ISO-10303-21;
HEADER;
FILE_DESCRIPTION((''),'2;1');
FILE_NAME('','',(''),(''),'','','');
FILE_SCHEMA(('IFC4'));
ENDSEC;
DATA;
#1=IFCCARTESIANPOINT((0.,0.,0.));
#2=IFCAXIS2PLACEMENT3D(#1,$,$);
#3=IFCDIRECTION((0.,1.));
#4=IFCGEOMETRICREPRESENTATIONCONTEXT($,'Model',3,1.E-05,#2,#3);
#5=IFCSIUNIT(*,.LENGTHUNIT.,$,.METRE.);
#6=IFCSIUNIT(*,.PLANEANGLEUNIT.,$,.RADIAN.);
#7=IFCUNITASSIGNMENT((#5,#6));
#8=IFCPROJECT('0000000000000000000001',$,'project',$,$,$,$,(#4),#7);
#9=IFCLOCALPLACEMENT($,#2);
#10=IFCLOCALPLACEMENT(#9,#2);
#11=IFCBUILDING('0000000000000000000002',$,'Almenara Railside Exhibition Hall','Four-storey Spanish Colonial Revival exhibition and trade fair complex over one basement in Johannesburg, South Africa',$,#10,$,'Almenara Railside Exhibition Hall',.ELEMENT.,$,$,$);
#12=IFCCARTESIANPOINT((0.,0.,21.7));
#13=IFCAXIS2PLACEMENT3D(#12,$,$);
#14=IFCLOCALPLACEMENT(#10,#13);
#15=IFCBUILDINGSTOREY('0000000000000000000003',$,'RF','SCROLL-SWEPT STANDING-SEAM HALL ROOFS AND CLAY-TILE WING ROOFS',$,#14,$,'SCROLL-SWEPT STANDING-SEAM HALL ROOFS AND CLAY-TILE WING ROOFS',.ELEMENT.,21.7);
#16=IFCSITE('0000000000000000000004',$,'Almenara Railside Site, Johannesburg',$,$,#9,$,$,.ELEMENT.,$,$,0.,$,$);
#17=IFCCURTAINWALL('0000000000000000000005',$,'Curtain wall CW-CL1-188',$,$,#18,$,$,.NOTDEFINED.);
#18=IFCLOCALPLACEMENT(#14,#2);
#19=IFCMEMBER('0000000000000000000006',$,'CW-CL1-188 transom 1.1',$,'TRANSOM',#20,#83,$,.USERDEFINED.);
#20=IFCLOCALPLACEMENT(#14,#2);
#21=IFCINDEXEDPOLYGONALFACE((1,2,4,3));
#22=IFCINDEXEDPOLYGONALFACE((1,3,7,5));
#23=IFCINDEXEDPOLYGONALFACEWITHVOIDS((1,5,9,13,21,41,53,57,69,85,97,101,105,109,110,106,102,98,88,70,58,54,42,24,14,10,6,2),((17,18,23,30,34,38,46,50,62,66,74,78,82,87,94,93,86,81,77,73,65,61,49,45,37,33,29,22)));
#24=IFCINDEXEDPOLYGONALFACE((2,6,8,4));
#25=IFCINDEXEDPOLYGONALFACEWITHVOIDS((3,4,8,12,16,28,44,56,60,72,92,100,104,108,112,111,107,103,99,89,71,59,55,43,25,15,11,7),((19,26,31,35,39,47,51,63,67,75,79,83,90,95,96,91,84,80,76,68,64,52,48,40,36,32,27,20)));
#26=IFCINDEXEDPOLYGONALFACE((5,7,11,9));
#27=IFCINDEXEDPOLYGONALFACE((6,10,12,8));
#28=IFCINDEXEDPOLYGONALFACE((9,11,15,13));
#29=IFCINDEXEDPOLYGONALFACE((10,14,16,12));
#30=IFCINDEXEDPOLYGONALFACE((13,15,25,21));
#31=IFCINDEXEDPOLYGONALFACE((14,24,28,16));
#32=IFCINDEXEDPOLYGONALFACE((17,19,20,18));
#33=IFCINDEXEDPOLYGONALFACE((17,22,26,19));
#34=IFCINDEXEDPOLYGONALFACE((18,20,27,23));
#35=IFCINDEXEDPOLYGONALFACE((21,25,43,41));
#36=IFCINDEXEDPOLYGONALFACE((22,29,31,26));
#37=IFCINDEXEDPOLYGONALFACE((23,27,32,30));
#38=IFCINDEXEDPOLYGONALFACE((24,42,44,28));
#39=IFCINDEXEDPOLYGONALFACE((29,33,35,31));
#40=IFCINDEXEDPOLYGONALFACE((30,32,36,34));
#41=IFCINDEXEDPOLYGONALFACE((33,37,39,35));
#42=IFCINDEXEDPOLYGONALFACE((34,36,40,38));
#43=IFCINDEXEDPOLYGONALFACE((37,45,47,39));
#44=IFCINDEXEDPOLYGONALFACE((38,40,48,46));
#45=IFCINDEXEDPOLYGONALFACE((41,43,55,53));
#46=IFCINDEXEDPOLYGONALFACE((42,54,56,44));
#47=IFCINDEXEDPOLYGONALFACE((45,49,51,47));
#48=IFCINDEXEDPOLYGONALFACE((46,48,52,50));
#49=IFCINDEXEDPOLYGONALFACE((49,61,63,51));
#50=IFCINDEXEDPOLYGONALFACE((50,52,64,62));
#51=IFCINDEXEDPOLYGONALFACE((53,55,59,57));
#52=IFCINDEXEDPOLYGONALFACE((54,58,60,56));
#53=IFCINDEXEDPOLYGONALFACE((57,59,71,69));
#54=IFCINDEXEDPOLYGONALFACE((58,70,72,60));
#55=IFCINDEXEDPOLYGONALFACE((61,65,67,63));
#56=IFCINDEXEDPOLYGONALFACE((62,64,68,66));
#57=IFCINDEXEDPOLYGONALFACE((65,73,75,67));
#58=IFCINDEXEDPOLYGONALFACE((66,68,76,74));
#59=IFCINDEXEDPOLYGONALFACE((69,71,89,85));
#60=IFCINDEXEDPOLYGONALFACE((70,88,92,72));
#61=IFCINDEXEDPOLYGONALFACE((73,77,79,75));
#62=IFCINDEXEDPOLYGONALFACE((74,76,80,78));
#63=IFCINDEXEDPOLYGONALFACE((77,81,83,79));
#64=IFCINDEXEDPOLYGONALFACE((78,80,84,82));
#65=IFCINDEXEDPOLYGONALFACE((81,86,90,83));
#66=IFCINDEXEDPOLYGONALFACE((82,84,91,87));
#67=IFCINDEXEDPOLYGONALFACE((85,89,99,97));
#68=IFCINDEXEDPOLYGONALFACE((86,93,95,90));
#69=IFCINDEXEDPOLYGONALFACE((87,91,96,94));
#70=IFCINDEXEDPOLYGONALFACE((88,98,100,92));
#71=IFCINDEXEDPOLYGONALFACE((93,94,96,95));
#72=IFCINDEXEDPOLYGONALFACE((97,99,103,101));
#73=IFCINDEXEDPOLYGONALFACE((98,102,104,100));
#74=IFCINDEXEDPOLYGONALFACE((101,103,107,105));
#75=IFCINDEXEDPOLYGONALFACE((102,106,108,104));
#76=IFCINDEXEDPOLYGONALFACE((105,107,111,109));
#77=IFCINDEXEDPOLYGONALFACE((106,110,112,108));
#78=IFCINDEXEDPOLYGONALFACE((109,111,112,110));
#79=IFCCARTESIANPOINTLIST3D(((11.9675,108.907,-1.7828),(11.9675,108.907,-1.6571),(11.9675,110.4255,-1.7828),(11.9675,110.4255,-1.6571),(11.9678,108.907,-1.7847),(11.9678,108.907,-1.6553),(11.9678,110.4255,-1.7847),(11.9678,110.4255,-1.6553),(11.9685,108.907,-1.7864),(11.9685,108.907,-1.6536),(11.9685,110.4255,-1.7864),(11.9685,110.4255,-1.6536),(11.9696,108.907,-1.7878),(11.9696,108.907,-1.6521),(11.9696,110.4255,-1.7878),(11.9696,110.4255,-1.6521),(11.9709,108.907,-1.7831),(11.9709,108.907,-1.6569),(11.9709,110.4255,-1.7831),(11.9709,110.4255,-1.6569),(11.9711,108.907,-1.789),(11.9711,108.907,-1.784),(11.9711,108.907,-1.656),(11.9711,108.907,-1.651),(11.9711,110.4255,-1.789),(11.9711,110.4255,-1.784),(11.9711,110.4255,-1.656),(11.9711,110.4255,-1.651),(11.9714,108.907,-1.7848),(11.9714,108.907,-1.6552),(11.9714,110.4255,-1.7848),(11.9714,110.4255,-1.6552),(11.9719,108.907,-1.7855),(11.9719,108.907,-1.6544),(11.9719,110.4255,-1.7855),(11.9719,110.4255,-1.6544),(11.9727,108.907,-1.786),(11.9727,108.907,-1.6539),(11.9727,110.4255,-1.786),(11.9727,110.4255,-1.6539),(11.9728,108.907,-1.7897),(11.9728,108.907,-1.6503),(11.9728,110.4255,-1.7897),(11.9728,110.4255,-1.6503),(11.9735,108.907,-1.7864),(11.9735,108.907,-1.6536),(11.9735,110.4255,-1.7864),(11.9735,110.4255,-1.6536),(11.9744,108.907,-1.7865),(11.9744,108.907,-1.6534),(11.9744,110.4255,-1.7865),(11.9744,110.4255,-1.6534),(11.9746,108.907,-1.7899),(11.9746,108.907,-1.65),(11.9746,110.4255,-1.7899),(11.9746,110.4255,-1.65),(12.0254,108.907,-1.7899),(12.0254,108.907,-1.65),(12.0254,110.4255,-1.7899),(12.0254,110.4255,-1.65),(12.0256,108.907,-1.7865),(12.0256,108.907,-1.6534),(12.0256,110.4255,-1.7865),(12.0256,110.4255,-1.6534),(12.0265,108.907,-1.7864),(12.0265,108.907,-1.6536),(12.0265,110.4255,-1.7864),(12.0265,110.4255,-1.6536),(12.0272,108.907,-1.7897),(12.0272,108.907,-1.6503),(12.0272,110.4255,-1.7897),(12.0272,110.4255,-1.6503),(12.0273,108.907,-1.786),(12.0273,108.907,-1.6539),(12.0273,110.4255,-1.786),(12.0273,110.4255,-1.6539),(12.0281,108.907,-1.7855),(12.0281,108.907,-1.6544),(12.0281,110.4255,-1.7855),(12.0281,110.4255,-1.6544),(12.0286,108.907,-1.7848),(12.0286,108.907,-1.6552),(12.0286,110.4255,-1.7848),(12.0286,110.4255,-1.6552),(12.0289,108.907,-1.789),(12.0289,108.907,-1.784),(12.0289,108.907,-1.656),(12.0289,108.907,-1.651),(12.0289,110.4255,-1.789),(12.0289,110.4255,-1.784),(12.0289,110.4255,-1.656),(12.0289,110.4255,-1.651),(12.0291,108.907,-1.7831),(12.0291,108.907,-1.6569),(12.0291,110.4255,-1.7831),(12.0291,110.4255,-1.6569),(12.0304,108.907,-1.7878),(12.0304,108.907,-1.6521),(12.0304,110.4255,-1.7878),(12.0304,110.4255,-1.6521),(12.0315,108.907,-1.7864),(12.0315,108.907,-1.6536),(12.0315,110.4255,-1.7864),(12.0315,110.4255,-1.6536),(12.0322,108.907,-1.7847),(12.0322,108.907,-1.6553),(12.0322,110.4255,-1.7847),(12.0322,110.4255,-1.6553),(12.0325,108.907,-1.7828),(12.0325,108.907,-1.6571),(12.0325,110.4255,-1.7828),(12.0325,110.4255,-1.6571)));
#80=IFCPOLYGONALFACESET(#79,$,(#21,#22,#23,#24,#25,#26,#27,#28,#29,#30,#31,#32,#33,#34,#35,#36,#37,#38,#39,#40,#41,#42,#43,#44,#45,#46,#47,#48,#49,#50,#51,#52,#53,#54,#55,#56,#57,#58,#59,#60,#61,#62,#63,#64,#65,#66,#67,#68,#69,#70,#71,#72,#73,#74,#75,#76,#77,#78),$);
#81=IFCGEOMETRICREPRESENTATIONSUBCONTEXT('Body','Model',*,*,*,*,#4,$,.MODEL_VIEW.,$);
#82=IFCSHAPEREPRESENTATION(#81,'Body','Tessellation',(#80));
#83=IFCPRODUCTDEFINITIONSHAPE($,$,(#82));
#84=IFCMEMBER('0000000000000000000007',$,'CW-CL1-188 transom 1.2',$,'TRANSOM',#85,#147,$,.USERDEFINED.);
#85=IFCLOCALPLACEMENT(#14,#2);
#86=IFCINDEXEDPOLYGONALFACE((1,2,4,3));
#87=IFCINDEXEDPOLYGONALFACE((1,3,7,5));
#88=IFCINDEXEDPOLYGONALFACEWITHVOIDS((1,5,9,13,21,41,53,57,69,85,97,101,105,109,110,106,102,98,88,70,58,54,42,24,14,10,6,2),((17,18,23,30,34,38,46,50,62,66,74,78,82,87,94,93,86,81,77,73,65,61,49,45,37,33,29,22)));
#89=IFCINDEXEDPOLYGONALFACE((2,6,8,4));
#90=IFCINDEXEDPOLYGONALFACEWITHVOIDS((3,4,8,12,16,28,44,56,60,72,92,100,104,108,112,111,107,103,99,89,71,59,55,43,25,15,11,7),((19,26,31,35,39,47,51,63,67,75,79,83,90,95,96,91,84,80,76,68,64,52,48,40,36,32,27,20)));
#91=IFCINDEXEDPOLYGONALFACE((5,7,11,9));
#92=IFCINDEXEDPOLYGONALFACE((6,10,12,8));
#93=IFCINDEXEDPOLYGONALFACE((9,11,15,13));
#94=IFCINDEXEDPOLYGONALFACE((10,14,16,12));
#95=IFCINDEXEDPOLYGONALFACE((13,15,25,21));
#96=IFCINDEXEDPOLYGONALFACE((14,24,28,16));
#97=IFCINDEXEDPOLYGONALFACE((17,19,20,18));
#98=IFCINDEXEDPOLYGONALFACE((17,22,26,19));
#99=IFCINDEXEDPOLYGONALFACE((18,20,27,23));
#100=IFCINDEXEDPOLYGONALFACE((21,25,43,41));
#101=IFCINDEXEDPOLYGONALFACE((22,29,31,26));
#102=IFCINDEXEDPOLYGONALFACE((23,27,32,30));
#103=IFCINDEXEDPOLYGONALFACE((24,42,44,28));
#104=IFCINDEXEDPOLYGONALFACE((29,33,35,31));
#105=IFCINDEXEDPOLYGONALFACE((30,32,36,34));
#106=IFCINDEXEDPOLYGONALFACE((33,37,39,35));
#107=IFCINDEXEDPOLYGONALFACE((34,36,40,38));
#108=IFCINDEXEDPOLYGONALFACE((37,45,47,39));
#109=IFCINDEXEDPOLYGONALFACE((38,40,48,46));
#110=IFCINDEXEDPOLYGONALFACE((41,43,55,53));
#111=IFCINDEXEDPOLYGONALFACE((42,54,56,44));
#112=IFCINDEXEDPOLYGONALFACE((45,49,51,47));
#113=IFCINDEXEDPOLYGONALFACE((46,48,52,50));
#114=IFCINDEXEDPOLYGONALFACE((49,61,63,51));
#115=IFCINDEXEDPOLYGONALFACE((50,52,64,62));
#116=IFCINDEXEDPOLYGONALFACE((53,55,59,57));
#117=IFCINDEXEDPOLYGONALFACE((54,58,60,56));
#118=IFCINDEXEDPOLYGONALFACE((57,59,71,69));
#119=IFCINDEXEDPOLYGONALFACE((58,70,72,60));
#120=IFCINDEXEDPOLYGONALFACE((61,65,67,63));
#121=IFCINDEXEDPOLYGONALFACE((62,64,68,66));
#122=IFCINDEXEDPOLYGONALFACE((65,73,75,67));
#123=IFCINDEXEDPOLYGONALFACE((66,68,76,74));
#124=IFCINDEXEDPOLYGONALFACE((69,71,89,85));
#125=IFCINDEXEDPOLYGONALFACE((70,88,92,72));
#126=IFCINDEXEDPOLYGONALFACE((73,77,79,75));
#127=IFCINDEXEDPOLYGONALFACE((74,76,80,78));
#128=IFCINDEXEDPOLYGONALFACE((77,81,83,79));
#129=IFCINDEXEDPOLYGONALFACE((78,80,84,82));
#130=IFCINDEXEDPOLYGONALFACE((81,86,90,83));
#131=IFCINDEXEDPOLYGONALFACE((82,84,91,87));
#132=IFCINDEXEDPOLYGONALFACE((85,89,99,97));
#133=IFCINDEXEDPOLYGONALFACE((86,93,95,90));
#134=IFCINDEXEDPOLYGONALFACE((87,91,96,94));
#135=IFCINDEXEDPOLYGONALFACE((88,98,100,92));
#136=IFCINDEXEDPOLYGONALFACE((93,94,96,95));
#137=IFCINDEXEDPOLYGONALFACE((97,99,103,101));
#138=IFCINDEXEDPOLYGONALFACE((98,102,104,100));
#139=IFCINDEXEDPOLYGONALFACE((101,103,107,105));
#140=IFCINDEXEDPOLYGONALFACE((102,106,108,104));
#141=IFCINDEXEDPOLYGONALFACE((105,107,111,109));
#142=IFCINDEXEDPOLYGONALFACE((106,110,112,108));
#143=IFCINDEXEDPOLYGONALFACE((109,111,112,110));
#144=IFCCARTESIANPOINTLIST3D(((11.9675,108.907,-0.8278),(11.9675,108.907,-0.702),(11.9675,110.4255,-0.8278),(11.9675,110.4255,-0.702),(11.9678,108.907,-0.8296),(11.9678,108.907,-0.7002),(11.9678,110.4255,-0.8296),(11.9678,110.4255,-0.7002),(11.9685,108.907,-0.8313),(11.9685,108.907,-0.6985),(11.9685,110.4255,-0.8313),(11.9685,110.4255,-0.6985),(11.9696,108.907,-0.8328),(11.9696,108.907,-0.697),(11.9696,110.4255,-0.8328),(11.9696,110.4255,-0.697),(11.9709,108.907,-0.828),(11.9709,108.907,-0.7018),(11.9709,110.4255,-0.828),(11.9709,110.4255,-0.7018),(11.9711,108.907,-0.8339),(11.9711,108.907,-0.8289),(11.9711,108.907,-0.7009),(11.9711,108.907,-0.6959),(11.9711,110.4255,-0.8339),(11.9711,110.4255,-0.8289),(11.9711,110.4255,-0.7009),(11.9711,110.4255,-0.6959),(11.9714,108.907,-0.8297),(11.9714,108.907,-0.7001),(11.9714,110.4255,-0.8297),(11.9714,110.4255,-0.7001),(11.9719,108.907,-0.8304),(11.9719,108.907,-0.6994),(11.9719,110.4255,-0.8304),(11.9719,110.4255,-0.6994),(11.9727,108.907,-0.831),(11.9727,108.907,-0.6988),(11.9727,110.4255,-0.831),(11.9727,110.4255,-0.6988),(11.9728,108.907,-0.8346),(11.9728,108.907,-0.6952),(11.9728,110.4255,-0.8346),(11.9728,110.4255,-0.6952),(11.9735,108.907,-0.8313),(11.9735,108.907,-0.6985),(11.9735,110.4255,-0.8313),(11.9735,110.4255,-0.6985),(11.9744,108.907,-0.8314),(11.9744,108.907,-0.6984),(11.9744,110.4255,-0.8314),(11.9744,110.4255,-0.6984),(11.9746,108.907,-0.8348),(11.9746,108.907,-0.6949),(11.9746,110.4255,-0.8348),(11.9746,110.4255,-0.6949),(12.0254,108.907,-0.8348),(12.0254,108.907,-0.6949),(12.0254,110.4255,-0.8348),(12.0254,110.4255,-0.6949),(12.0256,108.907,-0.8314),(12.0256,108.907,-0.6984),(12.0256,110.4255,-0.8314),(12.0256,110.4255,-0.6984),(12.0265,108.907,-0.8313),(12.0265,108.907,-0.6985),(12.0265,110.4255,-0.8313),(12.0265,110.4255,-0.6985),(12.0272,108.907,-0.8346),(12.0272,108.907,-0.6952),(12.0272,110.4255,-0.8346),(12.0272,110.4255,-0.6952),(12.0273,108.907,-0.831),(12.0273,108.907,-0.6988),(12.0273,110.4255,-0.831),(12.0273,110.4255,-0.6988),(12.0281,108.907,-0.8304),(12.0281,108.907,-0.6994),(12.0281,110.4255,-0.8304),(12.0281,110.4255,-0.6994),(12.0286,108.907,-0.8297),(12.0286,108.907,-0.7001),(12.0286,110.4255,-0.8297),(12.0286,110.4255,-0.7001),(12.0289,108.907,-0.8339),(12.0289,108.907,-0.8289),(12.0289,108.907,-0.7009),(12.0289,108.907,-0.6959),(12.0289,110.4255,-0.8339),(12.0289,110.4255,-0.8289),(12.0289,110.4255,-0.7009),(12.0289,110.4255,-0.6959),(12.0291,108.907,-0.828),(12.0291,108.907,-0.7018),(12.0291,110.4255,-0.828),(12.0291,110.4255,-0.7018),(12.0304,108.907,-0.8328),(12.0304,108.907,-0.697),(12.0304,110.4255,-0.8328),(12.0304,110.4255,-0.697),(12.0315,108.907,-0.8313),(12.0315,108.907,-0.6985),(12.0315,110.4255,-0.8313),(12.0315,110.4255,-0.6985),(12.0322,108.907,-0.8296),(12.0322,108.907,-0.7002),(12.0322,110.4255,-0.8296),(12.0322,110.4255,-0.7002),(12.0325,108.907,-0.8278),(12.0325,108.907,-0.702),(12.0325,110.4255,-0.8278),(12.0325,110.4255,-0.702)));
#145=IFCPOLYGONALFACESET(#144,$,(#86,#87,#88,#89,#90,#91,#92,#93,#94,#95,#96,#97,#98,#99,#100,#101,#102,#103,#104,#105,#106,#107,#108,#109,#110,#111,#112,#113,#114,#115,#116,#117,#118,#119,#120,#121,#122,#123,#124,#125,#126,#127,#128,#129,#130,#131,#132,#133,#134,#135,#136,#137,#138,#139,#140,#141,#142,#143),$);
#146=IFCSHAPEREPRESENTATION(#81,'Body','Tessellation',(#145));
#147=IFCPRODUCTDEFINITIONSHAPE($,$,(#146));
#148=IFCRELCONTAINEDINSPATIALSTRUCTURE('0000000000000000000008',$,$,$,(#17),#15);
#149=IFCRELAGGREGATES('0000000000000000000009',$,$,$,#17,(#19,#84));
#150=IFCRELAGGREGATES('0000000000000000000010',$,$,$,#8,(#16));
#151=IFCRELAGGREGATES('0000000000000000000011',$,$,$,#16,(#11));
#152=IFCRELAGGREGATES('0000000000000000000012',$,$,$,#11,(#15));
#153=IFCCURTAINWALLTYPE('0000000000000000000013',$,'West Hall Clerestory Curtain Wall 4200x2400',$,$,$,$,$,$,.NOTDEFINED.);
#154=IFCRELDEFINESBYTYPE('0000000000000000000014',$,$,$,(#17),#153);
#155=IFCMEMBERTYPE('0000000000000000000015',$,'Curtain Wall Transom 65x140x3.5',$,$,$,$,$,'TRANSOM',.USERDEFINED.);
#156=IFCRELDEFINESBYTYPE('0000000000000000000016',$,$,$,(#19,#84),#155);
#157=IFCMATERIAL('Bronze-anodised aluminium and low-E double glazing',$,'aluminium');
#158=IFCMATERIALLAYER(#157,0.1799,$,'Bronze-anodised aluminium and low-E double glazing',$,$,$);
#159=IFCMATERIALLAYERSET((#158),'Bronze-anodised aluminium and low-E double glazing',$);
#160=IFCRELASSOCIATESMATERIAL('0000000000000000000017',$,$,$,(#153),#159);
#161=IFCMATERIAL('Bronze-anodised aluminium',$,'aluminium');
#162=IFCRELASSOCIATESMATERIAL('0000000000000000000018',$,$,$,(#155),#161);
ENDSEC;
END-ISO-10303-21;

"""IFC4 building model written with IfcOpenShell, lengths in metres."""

from ifc_helpers import new_model, si_unit, direction, frame, origin, origin_2d, place, context, subcontext, project, spatial, hollow_rectangle, extrude, material, layer, layer_set, material_profile, profile_set, type_object, element, aggregate, save


model = new_model("IFC4")

# Units and contexts
model_context = context("Model", 3, precision=1e-05, world=origin(), true_north=direction((0.0, 1.0)))
body_context = subcontext(model_context, "Body", "Model", "MODEL_VIEW")
ifc_project = project(units=[si_unit("LENGTHUNIT", "METRE"), si_unit("PLANEANGLEUNIT", "RADIAN")], contexts=[model_context])

# Site, building, storey
site_placement = place(None, origin())
site = spatial("IfcSite", under=ifc_project, at=site_placement, Name="Almenara Railside Site, Johannesburg", CompositionType="ELEMENT", RefElevation=0.0)
building_placement = place(site_placement, origin())
building = spatial("IfcBuilding", under=site, at=building_placement, Name="Almenara Railside Exhibition Hall", Description="Four-storey Spanish Colonial Revival exhibition and trade fair complex over one basement in Johannesburg, South Africa", LongName="Almenara Railside Exhibition Hall", CompositionType="ELEMENT")
storey_placement = place(building_placement, frame((0.0, 0.0, 21.7)))
storey = spatial("IfcBuildingStorey", under=building, at=storey_placement, Name="RF", Description="SCROLL-SWEPT STANDING-SEAM HALL ROOFS AND CLAY-TILE WING ROOFS", LongName="SCROLL-SWEPT STANDING-SEAM HALL ROOFS AND CLAY-TILE WING ROOFS", CompositionType="ELEMENT", Elevation=21.7)

# Curtain wall
ifc_material_1 = material(Name="Bronze-anodised aluminium and low-E double glazing", Category="aluminium")
ifc_layer_1 = layer(ifc_material_1, 0.1799, Name="Bronze-anodised aluminium and low-E double glazing")
ifc_layer_set_1 = layer_set([ifc_layer_1], Name="Bronze-anodised aluminium and low-E double glazing")
curtain_wall_type = type_object("IfcCurtainWallType", Name="West Hall Clerestory Curtain Wall 4200x2400", PredefinedType="NOTDEFINED", material=ifc_layer_set_1)
ifc_material_2 = material(Name="Bronze-anodised aluminium", Category="aluminium")
curtain_wall_1_placement = place(storey_placement, origin())
curtain_wall_1 = element("IfcCurtainWall", 1, at=curtain_wall_1_placement, inside=storey, type_object=curtain_wall_type, Name="Curtain wall CW-CL1-188", PredefinedType="NOTDEFINED")

# Members
ifc_material_profile_1 = material_profile(ifc_material_2, hollow_rectangle(XDim=0.0649, YDim=0.1399, WallThickness=0.0034, InnerFilletRadius=0.0034, OuterFilletRadius=0.0071, at=origin_2d()), Name="ALU-TRN 65x140x3.5")
ifc_profile_set_1 = profile_set([ifc_material_profile_1], Name="Bronze-anodised aluminium")
member_type_1 = type_object("IfcMemberType", Name="Curtain Wall Transom 65x140x3.5", ElementType="TRANSOM", PredefinedType="USERDEFINED", material=ifc_profile_set_1)
member_1_placement = place(storey_placement, frame((12.0, 108.907, -1.72), z_axis=(0.0, 1.0, 0.0), x_axis=(-1.0, 0.0, 0.0)))
member_1 = element("IfcMember", 2, at=member_1_placement, type_object=member_type_1, Name="CW-CL1-188 transom 1.1", ObjectType="TRANSOM", PredefinedType="USERDEFINED", context=body_context, shape_type="SweptSolid", body=[
    extrude(hollow_rectangle(XDim=0.0649, YDim=0.1399, WallThickness=0.0034, InnerFilletRadius=0.0034, OuterFilletRadius=0.0071, at=origin_2d()), origin(), (0.0, 0.0, 1.0), 1.5186),
])
member_2_placement = place(storey_placement, frame((12.0, 108.907, -0.7649), z_axis=(0.0, 1.0, 0.0), x_axis=(-1.0, 0.0, 0.0)))
member_2 = element("IfcMember", 3, at=member_2_placement, type_object=member_type_1, Name="CW-CL1-188 transom 1.2", ObjectType="TRANSOM", PredefinedType="USERDEFINED", context=body_context, shape_type="SweptSolid", body=[
    extrude(hollow_rectangle(XDim=0.0649, YDim=0.1399, WallThickness=0.0034, InnerFilletRadius=0.0034, OuterFilletRadius=0.0071, at=origin_2d()), origin(), (0.0, 0.0, 1.0), 1.5186),
])

aggregate(curtain_wall_1, [member_1, member_2])

save(model, "model.ifc")
